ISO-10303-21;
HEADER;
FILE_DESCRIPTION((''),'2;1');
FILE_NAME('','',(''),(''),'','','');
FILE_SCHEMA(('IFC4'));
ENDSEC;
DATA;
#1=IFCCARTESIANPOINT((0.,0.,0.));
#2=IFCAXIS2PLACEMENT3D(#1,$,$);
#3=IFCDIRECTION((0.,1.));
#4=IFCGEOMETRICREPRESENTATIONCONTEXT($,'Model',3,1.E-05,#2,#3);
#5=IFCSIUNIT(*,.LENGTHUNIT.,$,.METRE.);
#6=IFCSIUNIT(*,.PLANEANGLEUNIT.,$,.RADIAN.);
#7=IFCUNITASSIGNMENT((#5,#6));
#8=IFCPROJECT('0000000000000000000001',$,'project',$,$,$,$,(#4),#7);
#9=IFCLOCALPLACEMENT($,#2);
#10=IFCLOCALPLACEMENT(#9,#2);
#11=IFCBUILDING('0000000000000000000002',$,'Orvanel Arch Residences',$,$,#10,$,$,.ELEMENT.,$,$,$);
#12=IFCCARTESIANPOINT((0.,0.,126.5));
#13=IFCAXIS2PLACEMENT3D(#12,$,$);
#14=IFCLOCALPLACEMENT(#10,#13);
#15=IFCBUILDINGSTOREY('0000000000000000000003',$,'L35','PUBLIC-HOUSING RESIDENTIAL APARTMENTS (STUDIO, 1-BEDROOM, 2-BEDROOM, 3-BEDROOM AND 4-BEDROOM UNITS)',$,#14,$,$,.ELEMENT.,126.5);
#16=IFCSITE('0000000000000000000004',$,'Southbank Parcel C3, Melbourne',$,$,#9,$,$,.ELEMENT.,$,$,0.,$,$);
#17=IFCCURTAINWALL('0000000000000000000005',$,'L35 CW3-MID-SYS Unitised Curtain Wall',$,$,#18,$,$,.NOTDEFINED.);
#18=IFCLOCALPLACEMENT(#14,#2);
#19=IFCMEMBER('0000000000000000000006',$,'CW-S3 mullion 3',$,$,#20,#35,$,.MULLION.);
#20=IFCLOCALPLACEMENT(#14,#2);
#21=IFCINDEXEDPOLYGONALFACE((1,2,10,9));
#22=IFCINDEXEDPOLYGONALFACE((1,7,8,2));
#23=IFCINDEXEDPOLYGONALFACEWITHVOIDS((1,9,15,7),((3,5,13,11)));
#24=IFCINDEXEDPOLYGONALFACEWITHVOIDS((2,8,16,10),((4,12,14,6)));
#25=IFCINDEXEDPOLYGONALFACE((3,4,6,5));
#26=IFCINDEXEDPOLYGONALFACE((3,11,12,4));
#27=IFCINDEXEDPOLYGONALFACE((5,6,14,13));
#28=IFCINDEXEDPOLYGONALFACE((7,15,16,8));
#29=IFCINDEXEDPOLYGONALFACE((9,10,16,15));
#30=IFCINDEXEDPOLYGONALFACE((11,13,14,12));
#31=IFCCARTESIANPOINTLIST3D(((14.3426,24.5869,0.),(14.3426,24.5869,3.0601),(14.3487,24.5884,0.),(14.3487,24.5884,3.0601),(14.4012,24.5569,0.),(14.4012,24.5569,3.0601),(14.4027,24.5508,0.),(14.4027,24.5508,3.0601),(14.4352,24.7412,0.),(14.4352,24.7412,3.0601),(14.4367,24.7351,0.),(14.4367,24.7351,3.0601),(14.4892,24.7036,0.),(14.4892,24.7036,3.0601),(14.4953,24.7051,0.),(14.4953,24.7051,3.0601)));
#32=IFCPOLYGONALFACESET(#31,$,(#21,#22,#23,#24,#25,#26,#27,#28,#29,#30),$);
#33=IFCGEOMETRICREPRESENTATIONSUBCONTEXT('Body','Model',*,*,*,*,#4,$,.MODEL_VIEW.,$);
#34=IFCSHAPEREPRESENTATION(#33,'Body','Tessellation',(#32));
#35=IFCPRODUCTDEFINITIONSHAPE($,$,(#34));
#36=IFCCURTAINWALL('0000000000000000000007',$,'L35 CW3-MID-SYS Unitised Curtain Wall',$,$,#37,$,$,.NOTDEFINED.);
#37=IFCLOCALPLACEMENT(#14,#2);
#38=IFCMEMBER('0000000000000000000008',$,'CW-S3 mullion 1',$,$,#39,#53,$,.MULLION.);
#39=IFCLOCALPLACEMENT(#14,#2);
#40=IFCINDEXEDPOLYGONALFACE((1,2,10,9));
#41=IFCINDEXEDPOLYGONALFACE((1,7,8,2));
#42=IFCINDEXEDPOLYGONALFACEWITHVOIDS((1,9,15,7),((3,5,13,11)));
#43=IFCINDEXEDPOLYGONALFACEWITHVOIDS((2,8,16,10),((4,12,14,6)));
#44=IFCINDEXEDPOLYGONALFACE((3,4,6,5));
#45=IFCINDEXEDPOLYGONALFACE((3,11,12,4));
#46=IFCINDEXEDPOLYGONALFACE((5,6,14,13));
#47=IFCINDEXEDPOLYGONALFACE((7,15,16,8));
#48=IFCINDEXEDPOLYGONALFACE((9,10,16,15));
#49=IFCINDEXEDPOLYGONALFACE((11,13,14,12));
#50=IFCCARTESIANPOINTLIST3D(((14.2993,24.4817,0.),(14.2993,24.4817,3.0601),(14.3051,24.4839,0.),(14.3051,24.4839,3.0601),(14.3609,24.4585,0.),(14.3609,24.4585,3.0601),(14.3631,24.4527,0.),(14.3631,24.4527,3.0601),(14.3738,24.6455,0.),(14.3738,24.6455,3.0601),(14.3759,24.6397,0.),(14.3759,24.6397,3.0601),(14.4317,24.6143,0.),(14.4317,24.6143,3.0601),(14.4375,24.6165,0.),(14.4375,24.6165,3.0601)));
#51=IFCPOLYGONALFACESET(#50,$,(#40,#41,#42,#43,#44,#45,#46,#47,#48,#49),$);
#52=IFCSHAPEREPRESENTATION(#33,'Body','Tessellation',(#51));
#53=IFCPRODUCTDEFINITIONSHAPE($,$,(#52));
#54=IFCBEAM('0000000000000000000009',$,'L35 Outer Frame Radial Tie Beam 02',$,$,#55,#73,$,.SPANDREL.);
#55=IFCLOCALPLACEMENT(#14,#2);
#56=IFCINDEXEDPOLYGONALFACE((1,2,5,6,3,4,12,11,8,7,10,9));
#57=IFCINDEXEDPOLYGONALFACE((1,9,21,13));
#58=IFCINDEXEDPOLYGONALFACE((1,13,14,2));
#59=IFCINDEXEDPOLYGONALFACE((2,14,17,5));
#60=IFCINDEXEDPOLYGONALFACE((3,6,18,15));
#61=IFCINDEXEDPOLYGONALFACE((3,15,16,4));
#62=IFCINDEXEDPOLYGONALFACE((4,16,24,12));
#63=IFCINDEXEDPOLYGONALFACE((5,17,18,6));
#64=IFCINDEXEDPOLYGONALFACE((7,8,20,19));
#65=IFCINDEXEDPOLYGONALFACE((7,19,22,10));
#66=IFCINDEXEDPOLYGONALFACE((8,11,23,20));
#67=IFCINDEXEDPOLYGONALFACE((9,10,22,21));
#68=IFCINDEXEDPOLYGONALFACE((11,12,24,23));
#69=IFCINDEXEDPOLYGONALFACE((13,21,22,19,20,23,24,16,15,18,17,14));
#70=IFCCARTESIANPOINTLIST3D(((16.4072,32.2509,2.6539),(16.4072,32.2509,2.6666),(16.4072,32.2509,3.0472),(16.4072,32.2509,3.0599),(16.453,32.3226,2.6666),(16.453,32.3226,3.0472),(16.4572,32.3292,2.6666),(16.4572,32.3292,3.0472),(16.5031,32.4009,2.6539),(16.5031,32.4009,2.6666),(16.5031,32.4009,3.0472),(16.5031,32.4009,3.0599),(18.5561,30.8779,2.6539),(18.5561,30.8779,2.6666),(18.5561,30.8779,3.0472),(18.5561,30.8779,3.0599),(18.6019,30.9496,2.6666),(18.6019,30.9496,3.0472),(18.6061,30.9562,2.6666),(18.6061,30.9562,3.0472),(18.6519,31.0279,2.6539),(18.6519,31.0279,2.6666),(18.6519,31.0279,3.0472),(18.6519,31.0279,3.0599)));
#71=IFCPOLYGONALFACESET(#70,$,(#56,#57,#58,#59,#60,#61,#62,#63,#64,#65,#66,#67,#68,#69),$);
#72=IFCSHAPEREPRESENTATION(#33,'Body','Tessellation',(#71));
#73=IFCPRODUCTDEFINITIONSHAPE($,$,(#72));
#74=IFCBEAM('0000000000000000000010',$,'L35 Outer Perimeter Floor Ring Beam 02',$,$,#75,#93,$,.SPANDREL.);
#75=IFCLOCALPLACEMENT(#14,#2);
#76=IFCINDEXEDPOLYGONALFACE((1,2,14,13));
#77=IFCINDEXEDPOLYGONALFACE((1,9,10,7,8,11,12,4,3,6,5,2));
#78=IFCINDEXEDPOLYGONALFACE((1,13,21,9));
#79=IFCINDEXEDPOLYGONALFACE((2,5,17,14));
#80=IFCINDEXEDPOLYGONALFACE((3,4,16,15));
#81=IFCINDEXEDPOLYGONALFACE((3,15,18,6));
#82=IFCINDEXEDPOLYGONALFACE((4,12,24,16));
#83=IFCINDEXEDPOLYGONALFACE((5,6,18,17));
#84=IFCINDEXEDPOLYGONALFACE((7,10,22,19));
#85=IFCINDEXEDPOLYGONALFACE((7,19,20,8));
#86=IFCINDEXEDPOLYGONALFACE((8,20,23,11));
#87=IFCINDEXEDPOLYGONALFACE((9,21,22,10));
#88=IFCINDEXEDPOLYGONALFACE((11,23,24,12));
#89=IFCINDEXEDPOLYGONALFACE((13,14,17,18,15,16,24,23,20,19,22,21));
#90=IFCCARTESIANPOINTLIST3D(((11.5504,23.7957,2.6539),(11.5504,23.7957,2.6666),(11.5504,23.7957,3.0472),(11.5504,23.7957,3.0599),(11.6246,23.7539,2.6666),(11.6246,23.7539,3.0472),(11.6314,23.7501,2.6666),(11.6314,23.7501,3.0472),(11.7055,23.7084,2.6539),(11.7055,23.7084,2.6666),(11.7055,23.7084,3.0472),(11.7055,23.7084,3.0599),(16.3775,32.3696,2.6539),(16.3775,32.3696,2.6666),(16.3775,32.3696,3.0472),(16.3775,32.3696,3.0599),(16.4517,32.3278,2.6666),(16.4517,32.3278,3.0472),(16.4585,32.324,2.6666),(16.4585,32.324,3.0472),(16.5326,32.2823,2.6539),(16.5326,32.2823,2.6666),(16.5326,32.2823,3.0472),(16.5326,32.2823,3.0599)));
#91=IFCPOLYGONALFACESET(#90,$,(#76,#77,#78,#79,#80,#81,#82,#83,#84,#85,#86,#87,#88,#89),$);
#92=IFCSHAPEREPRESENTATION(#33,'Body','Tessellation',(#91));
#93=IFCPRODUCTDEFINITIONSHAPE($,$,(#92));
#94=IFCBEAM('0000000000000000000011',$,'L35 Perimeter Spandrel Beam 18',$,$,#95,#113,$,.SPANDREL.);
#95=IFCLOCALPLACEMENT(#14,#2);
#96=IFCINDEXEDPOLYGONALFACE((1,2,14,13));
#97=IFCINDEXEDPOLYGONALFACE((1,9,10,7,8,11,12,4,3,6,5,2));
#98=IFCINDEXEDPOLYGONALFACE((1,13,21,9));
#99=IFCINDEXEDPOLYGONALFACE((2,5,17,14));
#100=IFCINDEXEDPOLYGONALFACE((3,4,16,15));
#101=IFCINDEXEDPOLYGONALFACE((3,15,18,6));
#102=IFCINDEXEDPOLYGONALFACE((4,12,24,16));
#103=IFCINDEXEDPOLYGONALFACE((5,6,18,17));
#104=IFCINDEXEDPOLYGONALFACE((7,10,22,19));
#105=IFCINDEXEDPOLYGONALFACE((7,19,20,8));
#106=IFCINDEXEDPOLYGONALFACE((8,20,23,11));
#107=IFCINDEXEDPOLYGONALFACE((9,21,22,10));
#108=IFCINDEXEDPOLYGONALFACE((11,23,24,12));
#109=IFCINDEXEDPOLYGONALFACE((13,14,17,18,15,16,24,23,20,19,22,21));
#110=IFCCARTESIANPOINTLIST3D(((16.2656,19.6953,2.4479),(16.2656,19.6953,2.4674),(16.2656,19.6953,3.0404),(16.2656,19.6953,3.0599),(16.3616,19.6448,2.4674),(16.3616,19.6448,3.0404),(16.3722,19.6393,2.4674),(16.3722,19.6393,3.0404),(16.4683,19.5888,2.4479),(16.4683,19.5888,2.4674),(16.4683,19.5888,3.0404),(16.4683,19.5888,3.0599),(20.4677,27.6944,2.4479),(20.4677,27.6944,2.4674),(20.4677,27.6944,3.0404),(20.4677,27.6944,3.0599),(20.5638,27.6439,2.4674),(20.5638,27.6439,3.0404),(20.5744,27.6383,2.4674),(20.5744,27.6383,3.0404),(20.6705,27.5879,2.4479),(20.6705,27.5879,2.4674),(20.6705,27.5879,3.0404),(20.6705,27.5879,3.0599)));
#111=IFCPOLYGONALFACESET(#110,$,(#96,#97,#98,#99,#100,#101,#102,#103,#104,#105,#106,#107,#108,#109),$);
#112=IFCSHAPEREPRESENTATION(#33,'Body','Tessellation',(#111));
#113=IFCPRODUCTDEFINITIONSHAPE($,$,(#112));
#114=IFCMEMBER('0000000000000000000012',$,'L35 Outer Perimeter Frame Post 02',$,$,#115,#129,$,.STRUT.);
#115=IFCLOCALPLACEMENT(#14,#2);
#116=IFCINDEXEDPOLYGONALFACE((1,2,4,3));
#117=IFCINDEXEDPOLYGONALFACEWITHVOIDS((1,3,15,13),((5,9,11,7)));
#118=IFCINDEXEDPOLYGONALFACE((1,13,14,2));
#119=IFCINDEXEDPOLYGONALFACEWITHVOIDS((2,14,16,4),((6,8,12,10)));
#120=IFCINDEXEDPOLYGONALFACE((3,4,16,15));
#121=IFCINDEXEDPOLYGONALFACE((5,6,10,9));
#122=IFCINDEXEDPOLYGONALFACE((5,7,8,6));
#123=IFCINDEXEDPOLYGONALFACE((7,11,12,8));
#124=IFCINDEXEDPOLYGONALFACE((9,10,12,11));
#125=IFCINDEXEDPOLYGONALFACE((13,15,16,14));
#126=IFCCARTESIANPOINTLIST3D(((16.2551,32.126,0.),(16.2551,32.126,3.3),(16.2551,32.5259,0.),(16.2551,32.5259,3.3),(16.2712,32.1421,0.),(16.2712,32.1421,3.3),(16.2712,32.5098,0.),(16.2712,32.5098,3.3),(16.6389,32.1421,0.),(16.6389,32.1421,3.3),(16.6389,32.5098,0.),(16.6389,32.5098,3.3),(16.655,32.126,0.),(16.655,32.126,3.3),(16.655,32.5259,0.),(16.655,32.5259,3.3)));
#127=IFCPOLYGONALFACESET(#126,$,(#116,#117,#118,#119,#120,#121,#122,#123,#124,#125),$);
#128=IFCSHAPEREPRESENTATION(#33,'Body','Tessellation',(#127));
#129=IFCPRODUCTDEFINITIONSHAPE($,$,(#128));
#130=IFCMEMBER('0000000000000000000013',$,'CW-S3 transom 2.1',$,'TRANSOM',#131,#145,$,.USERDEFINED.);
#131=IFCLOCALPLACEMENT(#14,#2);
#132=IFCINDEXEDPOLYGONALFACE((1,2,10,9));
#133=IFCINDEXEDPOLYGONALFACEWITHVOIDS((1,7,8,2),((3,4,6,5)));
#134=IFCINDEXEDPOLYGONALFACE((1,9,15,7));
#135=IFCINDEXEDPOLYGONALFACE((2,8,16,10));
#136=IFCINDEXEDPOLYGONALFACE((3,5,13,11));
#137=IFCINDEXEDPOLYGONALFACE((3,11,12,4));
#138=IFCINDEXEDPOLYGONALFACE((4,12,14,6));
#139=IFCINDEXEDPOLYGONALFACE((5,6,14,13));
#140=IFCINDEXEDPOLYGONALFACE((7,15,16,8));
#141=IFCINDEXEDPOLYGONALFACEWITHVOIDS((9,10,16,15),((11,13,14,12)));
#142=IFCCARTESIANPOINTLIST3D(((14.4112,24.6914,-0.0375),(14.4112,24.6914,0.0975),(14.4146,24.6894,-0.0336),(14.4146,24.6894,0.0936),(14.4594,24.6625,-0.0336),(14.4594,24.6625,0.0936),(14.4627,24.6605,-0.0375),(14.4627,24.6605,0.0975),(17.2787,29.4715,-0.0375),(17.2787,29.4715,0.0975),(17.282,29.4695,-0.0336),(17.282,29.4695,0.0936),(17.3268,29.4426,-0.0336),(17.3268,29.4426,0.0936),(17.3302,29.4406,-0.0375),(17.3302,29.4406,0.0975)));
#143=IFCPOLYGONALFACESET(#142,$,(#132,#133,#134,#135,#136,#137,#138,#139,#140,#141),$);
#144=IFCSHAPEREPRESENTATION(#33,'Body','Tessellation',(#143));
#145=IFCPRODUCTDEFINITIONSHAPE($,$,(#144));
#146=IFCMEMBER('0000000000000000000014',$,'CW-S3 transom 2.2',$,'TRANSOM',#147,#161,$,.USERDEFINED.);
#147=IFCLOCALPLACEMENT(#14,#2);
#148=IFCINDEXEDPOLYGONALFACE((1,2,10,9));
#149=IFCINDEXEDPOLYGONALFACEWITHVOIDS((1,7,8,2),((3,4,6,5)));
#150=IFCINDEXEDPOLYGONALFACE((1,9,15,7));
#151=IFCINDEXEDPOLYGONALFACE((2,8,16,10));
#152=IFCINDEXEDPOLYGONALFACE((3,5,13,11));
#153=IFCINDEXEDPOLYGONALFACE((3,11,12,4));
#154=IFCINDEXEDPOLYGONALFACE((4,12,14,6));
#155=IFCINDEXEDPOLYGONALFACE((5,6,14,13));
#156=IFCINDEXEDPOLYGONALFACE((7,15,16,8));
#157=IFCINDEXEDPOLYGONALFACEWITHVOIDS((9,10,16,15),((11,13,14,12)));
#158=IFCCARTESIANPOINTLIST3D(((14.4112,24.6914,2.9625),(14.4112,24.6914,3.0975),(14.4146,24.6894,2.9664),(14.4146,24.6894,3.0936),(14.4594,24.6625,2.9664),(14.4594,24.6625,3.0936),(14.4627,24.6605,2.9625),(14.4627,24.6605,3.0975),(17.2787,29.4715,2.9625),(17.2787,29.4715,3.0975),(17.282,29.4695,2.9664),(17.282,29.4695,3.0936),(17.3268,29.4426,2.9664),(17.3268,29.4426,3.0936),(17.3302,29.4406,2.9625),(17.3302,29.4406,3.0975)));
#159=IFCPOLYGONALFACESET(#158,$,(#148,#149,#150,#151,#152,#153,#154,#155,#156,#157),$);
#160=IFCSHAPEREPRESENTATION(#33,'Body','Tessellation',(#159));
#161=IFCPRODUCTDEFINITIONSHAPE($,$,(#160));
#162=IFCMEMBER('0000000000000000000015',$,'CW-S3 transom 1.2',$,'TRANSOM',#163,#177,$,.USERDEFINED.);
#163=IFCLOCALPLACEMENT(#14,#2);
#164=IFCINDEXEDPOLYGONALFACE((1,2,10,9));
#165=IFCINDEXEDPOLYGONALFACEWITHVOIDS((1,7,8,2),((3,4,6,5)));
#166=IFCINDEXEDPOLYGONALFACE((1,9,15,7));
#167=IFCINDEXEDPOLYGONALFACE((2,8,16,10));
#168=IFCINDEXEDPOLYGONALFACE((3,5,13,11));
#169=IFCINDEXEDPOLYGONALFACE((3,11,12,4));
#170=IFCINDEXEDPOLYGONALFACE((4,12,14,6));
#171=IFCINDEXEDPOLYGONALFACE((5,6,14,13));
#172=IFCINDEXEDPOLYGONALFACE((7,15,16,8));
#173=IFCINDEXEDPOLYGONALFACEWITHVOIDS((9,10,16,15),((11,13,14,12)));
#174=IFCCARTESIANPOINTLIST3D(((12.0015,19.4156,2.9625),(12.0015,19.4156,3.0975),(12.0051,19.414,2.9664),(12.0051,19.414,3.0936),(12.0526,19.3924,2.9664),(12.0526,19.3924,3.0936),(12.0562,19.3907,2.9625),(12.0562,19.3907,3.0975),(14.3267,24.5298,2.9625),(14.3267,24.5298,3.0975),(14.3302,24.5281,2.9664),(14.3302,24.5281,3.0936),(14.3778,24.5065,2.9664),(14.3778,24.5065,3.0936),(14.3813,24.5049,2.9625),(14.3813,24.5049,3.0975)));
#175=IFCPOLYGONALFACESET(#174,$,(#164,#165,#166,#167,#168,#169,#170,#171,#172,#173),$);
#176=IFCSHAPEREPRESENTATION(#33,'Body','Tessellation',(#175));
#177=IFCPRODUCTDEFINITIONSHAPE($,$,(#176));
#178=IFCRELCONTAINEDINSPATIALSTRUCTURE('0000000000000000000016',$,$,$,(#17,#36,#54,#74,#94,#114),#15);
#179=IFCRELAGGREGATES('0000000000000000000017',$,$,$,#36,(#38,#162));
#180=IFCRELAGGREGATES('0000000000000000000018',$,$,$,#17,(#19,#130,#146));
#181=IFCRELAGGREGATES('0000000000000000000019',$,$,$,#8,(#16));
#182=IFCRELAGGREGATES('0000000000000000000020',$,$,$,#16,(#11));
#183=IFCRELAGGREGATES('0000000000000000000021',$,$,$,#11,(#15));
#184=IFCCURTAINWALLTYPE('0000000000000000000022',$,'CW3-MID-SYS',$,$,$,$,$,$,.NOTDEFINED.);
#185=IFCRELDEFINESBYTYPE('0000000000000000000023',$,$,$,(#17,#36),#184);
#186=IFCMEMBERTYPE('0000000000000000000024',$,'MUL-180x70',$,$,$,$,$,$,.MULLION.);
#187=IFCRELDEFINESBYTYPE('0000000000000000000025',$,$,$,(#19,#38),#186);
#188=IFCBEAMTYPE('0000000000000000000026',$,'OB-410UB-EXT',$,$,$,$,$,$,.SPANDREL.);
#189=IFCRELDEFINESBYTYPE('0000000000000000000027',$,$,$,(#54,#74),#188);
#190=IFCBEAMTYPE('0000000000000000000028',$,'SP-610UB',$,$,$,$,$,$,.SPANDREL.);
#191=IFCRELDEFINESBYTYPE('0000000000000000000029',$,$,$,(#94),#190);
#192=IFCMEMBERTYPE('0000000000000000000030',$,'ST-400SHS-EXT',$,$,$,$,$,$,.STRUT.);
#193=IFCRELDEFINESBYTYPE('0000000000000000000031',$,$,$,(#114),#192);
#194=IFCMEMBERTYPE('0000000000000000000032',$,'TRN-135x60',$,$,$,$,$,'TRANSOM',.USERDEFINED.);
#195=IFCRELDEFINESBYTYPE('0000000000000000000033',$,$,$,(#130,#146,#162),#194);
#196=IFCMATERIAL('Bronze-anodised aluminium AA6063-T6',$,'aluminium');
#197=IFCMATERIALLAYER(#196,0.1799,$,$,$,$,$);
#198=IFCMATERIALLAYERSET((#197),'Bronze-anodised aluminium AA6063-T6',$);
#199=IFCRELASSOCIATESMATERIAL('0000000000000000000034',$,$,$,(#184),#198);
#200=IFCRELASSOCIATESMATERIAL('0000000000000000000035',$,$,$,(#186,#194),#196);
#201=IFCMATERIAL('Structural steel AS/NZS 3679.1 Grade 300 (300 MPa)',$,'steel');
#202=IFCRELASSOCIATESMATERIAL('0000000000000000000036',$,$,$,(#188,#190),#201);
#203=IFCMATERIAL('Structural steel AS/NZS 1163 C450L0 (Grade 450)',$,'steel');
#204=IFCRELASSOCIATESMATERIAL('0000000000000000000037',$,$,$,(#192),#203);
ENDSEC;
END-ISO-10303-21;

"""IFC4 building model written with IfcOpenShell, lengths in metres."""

from ifc_helpers import new_model, si_unit, direction, frame, origin, origin_2d, place, context, subcontext, project, spatial, hollow_rectangle, i_section, extrude, material, layer, layer_set, material_profile, profile_set, type_object, element, aggregate, save


model = new_model("IFC4")

# Units and contexts
model_context = context("Model", 3, precision=1e-05, world=origin(), true_north=direction((0.0, 1.0)))
body_context = subcontext(model_context, "Body", "Model", "MODEL_VIEW")
ifc_project = project(units=[si_unit("LENGTHUNIT", "METRE"), si_unit("PLANEANGLEUNIT", "RADIAN")], contexts=[model_context])

# Site, building, storey
site_placement = place(None, origin())
site = spatial("IfcSite", under=ifc_project, at=site_placement, Name="Southbank Parcel C3, Melbourne", CompositionType="ELEMENT", RefElevation=0.0)
building_placement = place(site_placement, origin())
building = spatial("IfcBuilding", under=site, at=building_placement, Name="Orvanel Arch Residences", CompositionType="ELEMENT")
storey_placement = place(building_placement, frame((0.0, 0.0, 126.5)))
storey = spatial("IfcBuildingStorey", under=building, at=storey_placement, Name="L35", Description="PUBLIC-HOUSING RESIDENTIAL APARTMENTS (STUDIO, 1-BEDROOM, 2-BEDROOM, 3-BEDROOM AND 4-BEDROOM UNITS)", CompositionType="ELEMENT", Elevation=126.5)

# Shared definitions
ifc_material_1 = material(Name="Structural steel AS/NZS 1163 C450L0 (Grade 450)", Category="steel")

# Shared definitions
ifc_material_2 = material(Name="Structural steel AS/NZS 3679.1 Grade 300 (300 MPa)", Category="steel")

# Curtain wall, member
ifc_material_3 = material(Name="Bronze-anodised aluminium AA6063-T6", Category="aluminium")
ifc_layer_1 = layer(ifc_material_3, 0.1799)
ifc_layer_set_1 = layer_set([ifc_layer_1], Name="Bronze-anodised aluminium AA6063-T6")
curtain_wall_type = type_object("IfcCurtainWallType", Name="CW3-MID-SYS", PredefinedType="NOTDEFINED", material=ifc_layer_set_1)
curtain_wall_1_placement = place(storey_placement, origin())
curtain_wall_1 = element("IfcCurtainWall", 1, at=curtain_wall_1_placement, inside=storey, type_object=curtain_wall_type, Name="L35 CW3-MID-SYS Unitised Curtain Wall", PredefinedType="NOTDEFINED")
ifc_material_profile_1 = material_profile(ifc_material_3, hollow_rectangle(XDim=0.0701, YDim=0.1799, WallThickness=0.0044, at=origin_2d()), Name="ALU180x70x4.5")
ifc_profile_set_1 = profile_set([ifc_material_profile_1], Name="Bronze-anodised aluminium AA6063-T6")
member_type_1 = type_object("IfcMemberType", Name="MUL-180x70", PredefinedType="MULLION", material=ifc_profile_set_1)
member_1_placement = place(storey_placement, frame((14.4189, 24.646, 0.0), z_axis=(0.0, 0.0, 1.0), x_axis=(0.857532, -0.514431, 0.0)))
member_1 = element("IfcMember", 2, at=member_1_placement, type_object=member_type_1, Name="CW-S3 mullion 3", PredefinedType="MULLION", context=body_context, shape_type="SweptSolid", body=[
    extrude(hollow_rectangle(XDim=0.0701, YDim=0.1799, WallThickness=0.0044, at=origin_2d()), origin(), (0.0, 0.0, 1.0), 3.0601),
])

# Curtain wall, member
curtain_wall_2_placement = place(storey_placement, origin())
curtain_wall_2 = element("IfcCurtainWall", 3, at=curtain_wall_2_placement, inside=storey, type_object=curtain_wall_type, Name="L35 CW3-MID-SYS Unitised Curtain Wall", PredefinedType="NOTDEFINED")
member_2_placement = place(storey_placement, frame((14.3684, 24.5491, 0.0), z_axis=(0.0, 0.0, 1.0), x_axis=(0.910325, -0.413895, 0.0)))
member_2 = element("IfcMember", 4, at=member_2_placement, type_object=member_type_1, Name="CW-S3 mullion 1", PredefinedType="MULLION", context=body_context, shape_type="SweptSolid", body=[
    extrude(hollow_rectangle(XDim=0.0701, YDim=0.1799, WallThickness=0.0044, at=origin_2d()), origin(), (0.0, 0.0, 1.0), 3.0601),
])

# Beams
ifc_material_profile_2 = material_profile(ifc_material_2, i_section(OverallWidth=0.178, OverallDepth=0.406, WebThickness=0.0078, FlangeThickness=0.0127, at=origin_2d()), Name="410UB59.7")
ifc_profile_set_2 = profile_set([ifc_material_profile_2], Name="Structural steel AS/NZS 3679.1 Grade 300 (300 MPa)")
beam_type_1 = type_object("IfcBeamType", Name="OB-410UB-EXT", PredefinedType="SPANDREL", material=ifc_profile_set_2)
beam_1_placement = place(storey_placement, frame((18.604, 30.9529, 2.8569), z_axis=(-0.842675, 0.538423, 0.0), x_axis=(-0.538423, -0.842675, 0.0)))
element("IfcBeam", 5, at=beam_1_placement, inside=storey, type_object=beam_type_1, Name="L35 Outer Frame Radial Tie Beam 02", PredefinedType="SPANDREL", context=body_context, shape_type="SweptSolid", body=[
    extrude(i_section(OverallWidth=0.178, OverallDepth=0.406, WebThickness=0.0078, FlangeThickness=0.0127, at=origin_2d()), origin(), (0.0, 0.0, 1.0), 2.55),
])
beam_2_placement = place(storey_placement, frame((16.4551, 32.3259, 2.8569), z_axis=(-0.490592, -0.871389, 0.0), x_axis=(0.871389, -0.490592, 0.0)))
element("IfcBeam", 6, at=beam_2_placement, inside=storey, type_object=beam_type_1, Name="L35 Outer Perimeter Floor Ring Beam 02", PredefinedType="SPANDREL", context=body_context, shape_type="SweptSolid", body=[
    extrude(i_section(OverallWidth=0.178, OverallDepth=0.406, WebThickness=0.0078, FlangeThickness=0.0127, at=origin_2d()), origin(), (0.0, 0.0, 1.0), 9.8394),
])
ifc_material_profile_3 = material_profile(ifc_material_2, i_section(OverallWidth=0.229, OverallDepth=0.6121, WebThickness=0.012, FlangeThickness=0.0195, at=origin_2d()), Name="610UB125")
ifc_profile_set_3 = profile_set([ifc_material_profile_3], Name="Structural steel AS/NZS 3679.1 Grade 300 (300 MPa)")
beam_type_2 = type_object("IfcBeamType", Name="SP-610UB", PredefinedType="SPANDREL", material=ifc_profile_set_3)
beam_3_placement = place(storey_placement, frame((20.5691, 27.6411, 2.7539), z_axis=(-0.465065, -0.885277, 0.0), x_axis=(0.885277, -0.465065, 0.0)))
element("IfcBeam", 7, at=beam_3_placement, inside=storey, type_object=beam_type_2, Name="L35 Perimeter Spandrel Beam 18", PredefinedType="SPANDREL", context=body_context, shape_type="SweptSolid", body=[
    extrude(i_section(OverallWidth=0.229, OverallDepth=0.6121, WebThickness=0.012, FlangeThickness=0.0195, at=origin_2d()), origin(), (0.0, 0.0, 1.0), 9.0356),
])

# Members
ifc_material_profile_4 = material_profile(ifc_material_1, hollow_rectangle(XDim=0.3999, YDim=0.3999, WallThickness=0.0161, at=origin_2d()), Name="SHS400x400x16")
ifc_profile_set_4 = profile_set([ifc_material_profile_4], Name="Structural steel AS/NZS 1163 C450L0 (Grade 450)")
member_type_2 = type_object("IfcMemberType", Name="ST-400SHS-EXT", PredefinedType="STRUT", material=ifc_profile_set_4)
member_3_placement = place(storey_placement, frame((16.4551, 32.3259, 0.0), z_axis=(0.0, 0.0, 1.0), x_axis=(1.0, 0.0, 0.0)))
element("IfcMember", 8, at=member_3_placement, inside=storey, type_object=member_type_2, Name="L35 Outer Perimeter Frame Post 02", PredefinedType="STRUT", context=body_context, shape_type="SweptSolid", body=[
    extrude(hollow_rectangle(XDim=0.3999, YDim=0.3999, WallThickness=0.0161, at=origin_2d()), origin(), (0.0, 0.0, 1.0), 3.3),
])
ifc_material_profile_5 = material_profile(ifc_material_3, hollow_rectangle(XDim=0.0601, YDim=0.135, WallThickness=0.0039, at=origin_2d()), Name="ALU135x60x4")
ifc_profile_set_5 = profile_set([ifc_material_profile_5], Name="Bronze-anodised aluminium AA6063-T6")
member_type_3 = type_object("IfcMemberType", Name="TRN-135x60", ElementType="TRANSOM", PredefinedType="USERDEFINED", material=ifc_profile_set_5)
member_4_placement = place(storey_placement, frame((17.3044, 29.4561, 0.03), z_axis=(-0.514418, -0.857539, 0.0), x_axis=(0.857539, -0.514418, 0.0)))
member_4 = element("IfcMember", 9, at=member_4_placement, type_object=member_type_3, Name="CW-S3 transom 2.1", ObjectType="TRANSOM", PredefinedType="USERDEFINED", context=body_context, shape_type="SweptSolid", body=[
    extrude(hollow_rectangle(XDim=0.0601, YDim=0.135, WallThickness=0.0039, at=origin_2d()), origin(), (0.0, 0.0, 1.0), 5.5742),
])
member_5_placement = place(storey_placement, frame((17.3044, 29.4561, 3.03), z_axis=(-0.514418, -0.857539, 0.0), x_axis=(0.857539, -0.514418, 0.0)))
member_5 = element("IfcMember", 10, at=member_5_placement, type_object=member_type_3, Name="CW-S3 transom 2.2", ObjectType="TRANSOM", PredefinedType="USERDEFINED", context=body_context, shape_type="SweptSolid", body=[
    extrude(hollow_rectangle(XDim=0.0601, YDim=0.135, WallThickness=0.0039, at=origin_2d()), origin(), (0.0, 0.0, 1.0), 5.5742),
])
member_6_placement = place(storey_placement, frame((14.354, 24.5173, 3.03), z_axis=(-0.413882, -0.910331, 0.0), x_axis=(0.910331, -0.413882, 0.0)))
member_6 = element("IfcMember", 11, at=member_6_placement, type_object=member_type_3, Name="CW-S3 transom 1.2", ObjectType="TRANSOM", PredefinedType="USERDEFINED", context=body_context, shape_type="SweptSolid", body=[
    extrude(hollow_rectangle(XDim=0.0601, YDim=0.135, WallThickness=0.0039, at=origin_2d()), origin(), (0.0, 0.0, 1.0), 5.6179),
])
aggregate(curtain_wall_2, [member_2, member_6])

aggregate(curtain_wall_1, [member_1, member_4, member_5])

save(model, "model.ifc")
